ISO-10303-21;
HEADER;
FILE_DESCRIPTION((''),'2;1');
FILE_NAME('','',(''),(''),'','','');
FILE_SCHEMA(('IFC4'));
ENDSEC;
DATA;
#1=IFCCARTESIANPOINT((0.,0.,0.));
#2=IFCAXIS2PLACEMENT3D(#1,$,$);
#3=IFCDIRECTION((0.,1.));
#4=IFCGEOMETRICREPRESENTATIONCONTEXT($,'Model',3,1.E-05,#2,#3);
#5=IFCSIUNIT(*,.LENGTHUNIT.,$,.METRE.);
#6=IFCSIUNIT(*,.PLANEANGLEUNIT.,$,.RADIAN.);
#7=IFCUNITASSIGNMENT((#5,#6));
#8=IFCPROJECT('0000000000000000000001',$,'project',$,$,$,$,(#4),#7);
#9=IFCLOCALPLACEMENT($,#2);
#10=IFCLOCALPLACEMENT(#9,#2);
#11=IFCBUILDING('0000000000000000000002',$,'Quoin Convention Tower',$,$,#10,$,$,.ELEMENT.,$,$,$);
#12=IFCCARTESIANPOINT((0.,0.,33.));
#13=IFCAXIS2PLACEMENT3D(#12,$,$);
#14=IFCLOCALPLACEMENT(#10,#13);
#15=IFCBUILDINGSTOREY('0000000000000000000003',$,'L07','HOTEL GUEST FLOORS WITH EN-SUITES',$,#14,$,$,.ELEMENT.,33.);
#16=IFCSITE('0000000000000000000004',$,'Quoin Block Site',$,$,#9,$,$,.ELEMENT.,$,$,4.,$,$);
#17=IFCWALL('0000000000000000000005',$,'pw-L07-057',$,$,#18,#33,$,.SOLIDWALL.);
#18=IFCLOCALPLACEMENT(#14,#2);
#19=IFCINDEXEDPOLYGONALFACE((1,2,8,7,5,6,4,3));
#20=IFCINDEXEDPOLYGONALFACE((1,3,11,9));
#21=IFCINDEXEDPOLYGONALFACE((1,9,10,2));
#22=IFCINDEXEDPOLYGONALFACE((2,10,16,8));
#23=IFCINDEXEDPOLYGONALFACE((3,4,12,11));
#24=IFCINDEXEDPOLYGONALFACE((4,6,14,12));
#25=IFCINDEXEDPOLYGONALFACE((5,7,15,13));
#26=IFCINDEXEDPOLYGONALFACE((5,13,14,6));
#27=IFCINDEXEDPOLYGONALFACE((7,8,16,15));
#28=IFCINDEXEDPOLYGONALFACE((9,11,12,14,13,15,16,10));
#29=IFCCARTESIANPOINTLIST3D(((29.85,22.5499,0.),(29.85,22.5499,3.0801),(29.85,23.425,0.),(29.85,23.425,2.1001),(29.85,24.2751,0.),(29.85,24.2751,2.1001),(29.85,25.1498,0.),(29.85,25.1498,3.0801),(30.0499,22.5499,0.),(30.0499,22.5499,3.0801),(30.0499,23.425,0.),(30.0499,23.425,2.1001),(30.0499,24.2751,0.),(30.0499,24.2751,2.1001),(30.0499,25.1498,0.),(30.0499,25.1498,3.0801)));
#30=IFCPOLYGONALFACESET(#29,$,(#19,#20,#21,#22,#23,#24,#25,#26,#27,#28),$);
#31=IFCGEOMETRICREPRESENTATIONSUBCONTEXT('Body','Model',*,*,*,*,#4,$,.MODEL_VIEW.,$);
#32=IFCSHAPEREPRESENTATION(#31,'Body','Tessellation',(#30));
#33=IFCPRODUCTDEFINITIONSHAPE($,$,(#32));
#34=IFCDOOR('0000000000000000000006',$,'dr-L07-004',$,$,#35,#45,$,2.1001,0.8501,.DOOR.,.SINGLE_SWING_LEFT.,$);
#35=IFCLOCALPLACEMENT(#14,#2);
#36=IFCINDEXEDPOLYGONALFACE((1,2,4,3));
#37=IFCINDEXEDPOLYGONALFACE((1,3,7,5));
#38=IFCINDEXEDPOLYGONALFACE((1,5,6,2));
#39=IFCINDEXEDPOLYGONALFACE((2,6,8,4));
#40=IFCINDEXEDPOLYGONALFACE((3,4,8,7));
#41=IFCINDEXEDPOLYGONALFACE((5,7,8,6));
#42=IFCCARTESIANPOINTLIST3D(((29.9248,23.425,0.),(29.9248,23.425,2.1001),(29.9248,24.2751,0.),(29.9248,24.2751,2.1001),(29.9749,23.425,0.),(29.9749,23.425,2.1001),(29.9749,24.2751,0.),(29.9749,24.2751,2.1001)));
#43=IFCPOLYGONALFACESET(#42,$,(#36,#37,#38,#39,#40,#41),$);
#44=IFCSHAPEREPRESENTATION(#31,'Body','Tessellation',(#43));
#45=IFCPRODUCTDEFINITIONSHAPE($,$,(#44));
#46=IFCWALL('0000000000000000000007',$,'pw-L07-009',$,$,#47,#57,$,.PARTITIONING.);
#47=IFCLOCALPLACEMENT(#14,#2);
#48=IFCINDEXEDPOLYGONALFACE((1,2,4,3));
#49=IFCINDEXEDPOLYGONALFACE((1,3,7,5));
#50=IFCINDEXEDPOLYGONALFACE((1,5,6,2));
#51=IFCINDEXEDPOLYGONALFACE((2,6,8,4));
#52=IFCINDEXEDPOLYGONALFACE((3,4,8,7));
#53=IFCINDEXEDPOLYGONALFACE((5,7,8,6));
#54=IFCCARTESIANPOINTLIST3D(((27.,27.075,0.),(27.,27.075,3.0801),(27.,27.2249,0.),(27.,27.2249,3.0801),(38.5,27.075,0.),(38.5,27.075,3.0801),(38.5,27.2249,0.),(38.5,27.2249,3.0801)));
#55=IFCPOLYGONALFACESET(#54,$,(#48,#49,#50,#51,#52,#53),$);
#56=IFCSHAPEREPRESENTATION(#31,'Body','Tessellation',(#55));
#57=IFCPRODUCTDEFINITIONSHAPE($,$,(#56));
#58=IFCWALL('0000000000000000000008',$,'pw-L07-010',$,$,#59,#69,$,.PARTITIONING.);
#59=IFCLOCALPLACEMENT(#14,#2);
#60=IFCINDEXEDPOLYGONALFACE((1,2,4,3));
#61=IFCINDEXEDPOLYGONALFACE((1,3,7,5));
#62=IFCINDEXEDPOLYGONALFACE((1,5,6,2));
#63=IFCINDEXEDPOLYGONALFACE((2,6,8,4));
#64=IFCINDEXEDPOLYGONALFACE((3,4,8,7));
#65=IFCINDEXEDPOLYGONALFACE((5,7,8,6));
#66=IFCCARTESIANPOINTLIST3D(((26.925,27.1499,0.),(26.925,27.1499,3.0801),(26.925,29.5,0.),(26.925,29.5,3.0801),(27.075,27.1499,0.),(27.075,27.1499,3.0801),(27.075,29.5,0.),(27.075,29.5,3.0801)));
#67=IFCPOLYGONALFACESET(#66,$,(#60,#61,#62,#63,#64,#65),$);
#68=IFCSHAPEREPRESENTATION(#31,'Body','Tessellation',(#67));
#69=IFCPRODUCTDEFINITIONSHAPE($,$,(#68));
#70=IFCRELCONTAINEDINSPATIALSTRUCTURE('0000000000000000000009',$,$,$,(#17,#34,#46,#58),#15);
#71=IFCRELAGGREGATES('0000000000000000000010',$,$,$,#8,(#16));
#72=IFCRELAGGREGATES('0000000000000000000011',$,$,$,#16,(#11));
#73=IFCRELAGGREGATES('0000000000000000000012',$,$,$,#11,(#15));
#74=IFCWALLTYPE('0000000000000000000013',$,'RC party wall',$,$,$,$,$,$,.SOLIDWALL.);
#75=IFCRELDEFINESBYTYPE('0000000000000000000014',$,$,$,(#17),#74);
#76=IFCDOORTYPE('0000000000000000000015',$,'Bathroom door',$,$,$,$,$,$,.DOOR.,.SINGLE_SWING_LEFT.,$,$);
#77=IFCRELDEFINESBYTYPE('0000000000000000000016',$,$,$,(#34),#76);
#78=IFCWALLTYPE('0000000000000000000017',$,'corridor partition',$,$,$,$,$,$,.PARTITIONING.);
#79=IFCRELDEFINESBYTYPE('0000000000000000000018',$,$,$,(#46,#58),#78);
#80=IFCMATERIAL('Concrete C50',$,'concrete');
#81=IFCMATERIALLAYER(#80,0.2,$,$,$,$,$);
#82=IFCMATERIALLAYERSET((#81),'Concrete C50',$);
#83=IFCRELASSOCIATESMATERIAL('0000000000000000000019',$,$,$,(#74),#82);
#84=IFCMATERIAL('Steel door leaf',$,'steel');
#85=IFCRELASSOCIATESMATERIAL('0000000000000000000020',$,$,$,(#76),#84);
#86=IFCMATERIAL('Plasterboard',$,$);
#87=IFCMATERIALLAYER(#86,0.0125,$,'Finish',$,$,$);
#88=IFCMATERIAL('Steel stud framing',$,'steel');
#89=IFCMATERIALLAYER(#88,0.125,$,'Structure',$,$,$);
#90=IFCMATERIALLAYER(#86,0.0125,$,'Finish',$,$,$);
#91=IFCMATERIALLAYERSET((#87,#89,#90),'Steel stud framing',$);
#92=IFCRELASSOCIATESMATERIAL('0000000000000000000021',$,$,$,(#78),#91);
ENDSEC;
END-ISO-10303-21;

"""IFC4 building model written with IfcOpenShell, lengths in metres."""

from ifc_helpers import new_model, si_unit, direction, frame, frame_2d, origin, place, context, subcontext, project, spatial, rectangle, extrude, material, layer, layer_set, type_object, element, fill, save


model = new_model("IFC4")

# Units and contexts
model_context = context("Model", 3, precision=1e-05, world=origin(), true_north=direction((0.0, 1.0)))
body_context = subcontext(model_context, "Body", "Model", "MODEL_VIEW")
ifc_project = project(units=[si_unit("LENGTHUNIT", "METRE"), si_unit("PLANEANGLEUNIT", "RADIAN")], contexts=[model_context])

# Site, building, storey
site_placement = place(None, origin())
site = spatial("IfcSite", under=ifc_project, at=site_placement, Name="Quoin Block Site", CompositionType="ELEMENT", RefElevation=4.0)
building_placement = place(site_placement, origin())
building = spatial("IfcBuilding", under=site, at=building_placement, Name="Quoin Convention Tower", CompositionType="ELEMENT")
storey_placement = place(building_placement, frame((0.0, 0.0, 33.0)))
storey = spatial("IfcBuildingStorey", under=building, at=storey_placement, Name="L07", Description="HOTEL GUEST FLOORS WITH EN-SUITES", CompositionType="ELEMENT", Elevation=33.0)

# Shared definitions
ifc_material_1 = material(Name="Concrete C50", Category="concrete")
ifc_layer_1 = layer(ifc_material_1, 0.2)
ifc_layer_set_1 = layer_set([ifc_layer_1], Name="Concrete C50")
wall_type_1 = type_object("IfcWallType", Name="RC party wall", PredefinedType="SOLIDWALL", material=ifc_layer_set_1)

# Wall, opening, door
wall_1_placement = place(storey_placement, frame((29.95, 22.55, 0.0), z_axis=(0.0, 0.0, 1.0), x_axis=(0.0, 1.0, 0.0)))
wall_1 = element("IfcWall", 1, at=wall_1_placement, inside=storey, type_object=wall_type_1, Name="pw-L07-057", PredefinedType="SOLIDWALL", context=body_context, shape_type="SweptSolid", body=[
    extrude(rectangle(XDim=2.5999, YDim=0.2, at=frame_2d((1.2998, 0.0))), origin(), (0.0, 0.0, 1.0), 3.0801),
])
opening_1_placement = place(wall_1_placement, frame((0.875, 0.0, 0.0)))
opening_1 = element("IfcOpeningElement", 2, at=opening_1_placement, cuts=wall_1, PredefinedType="OPENING", context=body_context, shape_type="SweptSolid", body=[
    extrude(rectangle(XDim=0.8501, YDim=2.1001, at=frame_2d((0.425, 1.05))), frame((0.0, 0.1099, 0.0), z_axis=(0.0, -1.0, 0.0), x_axis=(1.0, 0.0, 0.0)), (0.0, 0.0, 1.0), 0.22),
])
ifc_material_2 = material(Name="Steel door leaf", Category="steel")
door_type = type_object("IfcDoorType", Name="Bathroom door", OperationType="SINGLE_SWING_LEFT", PredefinedType="DOOR", material=ifc_material_2)
door_placement = place(opening_1_placement, frame((0.8501, 0.0, 0.0), z_axis=(0.0, 0.0, 1.0), x_axis=(-1.0, 0.0, 0.0)))
door = element("IfcDoor", 3, at=door_placement, inside=storey, type_object=door_type, Name="dr-L07-004", OperationType="SINGLE_SWING_LEFT", OverallHeight=2.1001, OverallWidth=0.8501, PredefinedType="DOOR", context=body_context, shape_type="SweptSolid", body=[
    extrude(rectangle(XDim=0.8501, YDim=2.1001, at=frame_2d((0.425, 1.05))), frame((0.0, 0.0249, 0.0), z_axis=(0.0, -1.0, 0.0), x_axis=(1.0, 0.0, 0.0)), (0.0, 0.0, 1.0), 0.05),
])
fill(opening_1, door)

# Walls
ifc_material_3 = material(Name="Plasterboard")
ifc_layer_2 = layer(ifc_material_3, 0.0125, Name="Finish")
ifc_material_4 = material(Name="Steel stud framing", Category="steel")
ifc_layer_3 = layer(ifc_material_4, 0.125, Name="Structure")
ifc_layer_4 = layer(ifc_material_3, 0.0125, Name="Finish")
ifc_layer_set_2 = layer_set([ifc_layer_2, ifc_layer_3, ifc_layer_4], Name="Steel stud framing")
wall_type_2 = type_object("IfcWallType", Name="corridor partition", PredefinedType="PARTITIONING", material=ifc_layer_set_2)
wall_2_placement = place(storey_placement, frame((27.0, 27.1499, 0.0), z_axis=(0.0, 0.0, 1.0), x_axis=(1.0, 0.0, 0.0)))
element("IfcWall", 4, at=wall_2_placement, inside=storey, type_object=wall_type_2, Name="pw-L07-009", PredefinedType="PARTITIONING", context=body_context, shape_type="SweptSolid", body=[
    extrude(rectangle(XDim=11.5, YDim=0.1499, at=frame_2d((5.75, 0.0))), origin(), (0.0, 0.0, 1.0), 3.0801),
])
wall_3_placement = place(storey_placement, frame((27.0, 27.1499, 0.0), z_axis=(0.0, 0.0, 1.0), x_axis=(0.0, 1.0, 0.0)))
element("IfcWall", 5, at=wall_3_placement, inside=storey, type_object=wall_type_2, Name="pw-L07-010", PredefinedType="PARTITIONING", context=body_context, shape_type="SweptSolid", body=[
    extrude(rectangle(XDim=2.3501, YDim=0.1499, at=frame_2d((1.175, 0.0))), origin(), (0.0, 0.0, 1.0), 3.0801),
])

save(model, "model.ifc")
